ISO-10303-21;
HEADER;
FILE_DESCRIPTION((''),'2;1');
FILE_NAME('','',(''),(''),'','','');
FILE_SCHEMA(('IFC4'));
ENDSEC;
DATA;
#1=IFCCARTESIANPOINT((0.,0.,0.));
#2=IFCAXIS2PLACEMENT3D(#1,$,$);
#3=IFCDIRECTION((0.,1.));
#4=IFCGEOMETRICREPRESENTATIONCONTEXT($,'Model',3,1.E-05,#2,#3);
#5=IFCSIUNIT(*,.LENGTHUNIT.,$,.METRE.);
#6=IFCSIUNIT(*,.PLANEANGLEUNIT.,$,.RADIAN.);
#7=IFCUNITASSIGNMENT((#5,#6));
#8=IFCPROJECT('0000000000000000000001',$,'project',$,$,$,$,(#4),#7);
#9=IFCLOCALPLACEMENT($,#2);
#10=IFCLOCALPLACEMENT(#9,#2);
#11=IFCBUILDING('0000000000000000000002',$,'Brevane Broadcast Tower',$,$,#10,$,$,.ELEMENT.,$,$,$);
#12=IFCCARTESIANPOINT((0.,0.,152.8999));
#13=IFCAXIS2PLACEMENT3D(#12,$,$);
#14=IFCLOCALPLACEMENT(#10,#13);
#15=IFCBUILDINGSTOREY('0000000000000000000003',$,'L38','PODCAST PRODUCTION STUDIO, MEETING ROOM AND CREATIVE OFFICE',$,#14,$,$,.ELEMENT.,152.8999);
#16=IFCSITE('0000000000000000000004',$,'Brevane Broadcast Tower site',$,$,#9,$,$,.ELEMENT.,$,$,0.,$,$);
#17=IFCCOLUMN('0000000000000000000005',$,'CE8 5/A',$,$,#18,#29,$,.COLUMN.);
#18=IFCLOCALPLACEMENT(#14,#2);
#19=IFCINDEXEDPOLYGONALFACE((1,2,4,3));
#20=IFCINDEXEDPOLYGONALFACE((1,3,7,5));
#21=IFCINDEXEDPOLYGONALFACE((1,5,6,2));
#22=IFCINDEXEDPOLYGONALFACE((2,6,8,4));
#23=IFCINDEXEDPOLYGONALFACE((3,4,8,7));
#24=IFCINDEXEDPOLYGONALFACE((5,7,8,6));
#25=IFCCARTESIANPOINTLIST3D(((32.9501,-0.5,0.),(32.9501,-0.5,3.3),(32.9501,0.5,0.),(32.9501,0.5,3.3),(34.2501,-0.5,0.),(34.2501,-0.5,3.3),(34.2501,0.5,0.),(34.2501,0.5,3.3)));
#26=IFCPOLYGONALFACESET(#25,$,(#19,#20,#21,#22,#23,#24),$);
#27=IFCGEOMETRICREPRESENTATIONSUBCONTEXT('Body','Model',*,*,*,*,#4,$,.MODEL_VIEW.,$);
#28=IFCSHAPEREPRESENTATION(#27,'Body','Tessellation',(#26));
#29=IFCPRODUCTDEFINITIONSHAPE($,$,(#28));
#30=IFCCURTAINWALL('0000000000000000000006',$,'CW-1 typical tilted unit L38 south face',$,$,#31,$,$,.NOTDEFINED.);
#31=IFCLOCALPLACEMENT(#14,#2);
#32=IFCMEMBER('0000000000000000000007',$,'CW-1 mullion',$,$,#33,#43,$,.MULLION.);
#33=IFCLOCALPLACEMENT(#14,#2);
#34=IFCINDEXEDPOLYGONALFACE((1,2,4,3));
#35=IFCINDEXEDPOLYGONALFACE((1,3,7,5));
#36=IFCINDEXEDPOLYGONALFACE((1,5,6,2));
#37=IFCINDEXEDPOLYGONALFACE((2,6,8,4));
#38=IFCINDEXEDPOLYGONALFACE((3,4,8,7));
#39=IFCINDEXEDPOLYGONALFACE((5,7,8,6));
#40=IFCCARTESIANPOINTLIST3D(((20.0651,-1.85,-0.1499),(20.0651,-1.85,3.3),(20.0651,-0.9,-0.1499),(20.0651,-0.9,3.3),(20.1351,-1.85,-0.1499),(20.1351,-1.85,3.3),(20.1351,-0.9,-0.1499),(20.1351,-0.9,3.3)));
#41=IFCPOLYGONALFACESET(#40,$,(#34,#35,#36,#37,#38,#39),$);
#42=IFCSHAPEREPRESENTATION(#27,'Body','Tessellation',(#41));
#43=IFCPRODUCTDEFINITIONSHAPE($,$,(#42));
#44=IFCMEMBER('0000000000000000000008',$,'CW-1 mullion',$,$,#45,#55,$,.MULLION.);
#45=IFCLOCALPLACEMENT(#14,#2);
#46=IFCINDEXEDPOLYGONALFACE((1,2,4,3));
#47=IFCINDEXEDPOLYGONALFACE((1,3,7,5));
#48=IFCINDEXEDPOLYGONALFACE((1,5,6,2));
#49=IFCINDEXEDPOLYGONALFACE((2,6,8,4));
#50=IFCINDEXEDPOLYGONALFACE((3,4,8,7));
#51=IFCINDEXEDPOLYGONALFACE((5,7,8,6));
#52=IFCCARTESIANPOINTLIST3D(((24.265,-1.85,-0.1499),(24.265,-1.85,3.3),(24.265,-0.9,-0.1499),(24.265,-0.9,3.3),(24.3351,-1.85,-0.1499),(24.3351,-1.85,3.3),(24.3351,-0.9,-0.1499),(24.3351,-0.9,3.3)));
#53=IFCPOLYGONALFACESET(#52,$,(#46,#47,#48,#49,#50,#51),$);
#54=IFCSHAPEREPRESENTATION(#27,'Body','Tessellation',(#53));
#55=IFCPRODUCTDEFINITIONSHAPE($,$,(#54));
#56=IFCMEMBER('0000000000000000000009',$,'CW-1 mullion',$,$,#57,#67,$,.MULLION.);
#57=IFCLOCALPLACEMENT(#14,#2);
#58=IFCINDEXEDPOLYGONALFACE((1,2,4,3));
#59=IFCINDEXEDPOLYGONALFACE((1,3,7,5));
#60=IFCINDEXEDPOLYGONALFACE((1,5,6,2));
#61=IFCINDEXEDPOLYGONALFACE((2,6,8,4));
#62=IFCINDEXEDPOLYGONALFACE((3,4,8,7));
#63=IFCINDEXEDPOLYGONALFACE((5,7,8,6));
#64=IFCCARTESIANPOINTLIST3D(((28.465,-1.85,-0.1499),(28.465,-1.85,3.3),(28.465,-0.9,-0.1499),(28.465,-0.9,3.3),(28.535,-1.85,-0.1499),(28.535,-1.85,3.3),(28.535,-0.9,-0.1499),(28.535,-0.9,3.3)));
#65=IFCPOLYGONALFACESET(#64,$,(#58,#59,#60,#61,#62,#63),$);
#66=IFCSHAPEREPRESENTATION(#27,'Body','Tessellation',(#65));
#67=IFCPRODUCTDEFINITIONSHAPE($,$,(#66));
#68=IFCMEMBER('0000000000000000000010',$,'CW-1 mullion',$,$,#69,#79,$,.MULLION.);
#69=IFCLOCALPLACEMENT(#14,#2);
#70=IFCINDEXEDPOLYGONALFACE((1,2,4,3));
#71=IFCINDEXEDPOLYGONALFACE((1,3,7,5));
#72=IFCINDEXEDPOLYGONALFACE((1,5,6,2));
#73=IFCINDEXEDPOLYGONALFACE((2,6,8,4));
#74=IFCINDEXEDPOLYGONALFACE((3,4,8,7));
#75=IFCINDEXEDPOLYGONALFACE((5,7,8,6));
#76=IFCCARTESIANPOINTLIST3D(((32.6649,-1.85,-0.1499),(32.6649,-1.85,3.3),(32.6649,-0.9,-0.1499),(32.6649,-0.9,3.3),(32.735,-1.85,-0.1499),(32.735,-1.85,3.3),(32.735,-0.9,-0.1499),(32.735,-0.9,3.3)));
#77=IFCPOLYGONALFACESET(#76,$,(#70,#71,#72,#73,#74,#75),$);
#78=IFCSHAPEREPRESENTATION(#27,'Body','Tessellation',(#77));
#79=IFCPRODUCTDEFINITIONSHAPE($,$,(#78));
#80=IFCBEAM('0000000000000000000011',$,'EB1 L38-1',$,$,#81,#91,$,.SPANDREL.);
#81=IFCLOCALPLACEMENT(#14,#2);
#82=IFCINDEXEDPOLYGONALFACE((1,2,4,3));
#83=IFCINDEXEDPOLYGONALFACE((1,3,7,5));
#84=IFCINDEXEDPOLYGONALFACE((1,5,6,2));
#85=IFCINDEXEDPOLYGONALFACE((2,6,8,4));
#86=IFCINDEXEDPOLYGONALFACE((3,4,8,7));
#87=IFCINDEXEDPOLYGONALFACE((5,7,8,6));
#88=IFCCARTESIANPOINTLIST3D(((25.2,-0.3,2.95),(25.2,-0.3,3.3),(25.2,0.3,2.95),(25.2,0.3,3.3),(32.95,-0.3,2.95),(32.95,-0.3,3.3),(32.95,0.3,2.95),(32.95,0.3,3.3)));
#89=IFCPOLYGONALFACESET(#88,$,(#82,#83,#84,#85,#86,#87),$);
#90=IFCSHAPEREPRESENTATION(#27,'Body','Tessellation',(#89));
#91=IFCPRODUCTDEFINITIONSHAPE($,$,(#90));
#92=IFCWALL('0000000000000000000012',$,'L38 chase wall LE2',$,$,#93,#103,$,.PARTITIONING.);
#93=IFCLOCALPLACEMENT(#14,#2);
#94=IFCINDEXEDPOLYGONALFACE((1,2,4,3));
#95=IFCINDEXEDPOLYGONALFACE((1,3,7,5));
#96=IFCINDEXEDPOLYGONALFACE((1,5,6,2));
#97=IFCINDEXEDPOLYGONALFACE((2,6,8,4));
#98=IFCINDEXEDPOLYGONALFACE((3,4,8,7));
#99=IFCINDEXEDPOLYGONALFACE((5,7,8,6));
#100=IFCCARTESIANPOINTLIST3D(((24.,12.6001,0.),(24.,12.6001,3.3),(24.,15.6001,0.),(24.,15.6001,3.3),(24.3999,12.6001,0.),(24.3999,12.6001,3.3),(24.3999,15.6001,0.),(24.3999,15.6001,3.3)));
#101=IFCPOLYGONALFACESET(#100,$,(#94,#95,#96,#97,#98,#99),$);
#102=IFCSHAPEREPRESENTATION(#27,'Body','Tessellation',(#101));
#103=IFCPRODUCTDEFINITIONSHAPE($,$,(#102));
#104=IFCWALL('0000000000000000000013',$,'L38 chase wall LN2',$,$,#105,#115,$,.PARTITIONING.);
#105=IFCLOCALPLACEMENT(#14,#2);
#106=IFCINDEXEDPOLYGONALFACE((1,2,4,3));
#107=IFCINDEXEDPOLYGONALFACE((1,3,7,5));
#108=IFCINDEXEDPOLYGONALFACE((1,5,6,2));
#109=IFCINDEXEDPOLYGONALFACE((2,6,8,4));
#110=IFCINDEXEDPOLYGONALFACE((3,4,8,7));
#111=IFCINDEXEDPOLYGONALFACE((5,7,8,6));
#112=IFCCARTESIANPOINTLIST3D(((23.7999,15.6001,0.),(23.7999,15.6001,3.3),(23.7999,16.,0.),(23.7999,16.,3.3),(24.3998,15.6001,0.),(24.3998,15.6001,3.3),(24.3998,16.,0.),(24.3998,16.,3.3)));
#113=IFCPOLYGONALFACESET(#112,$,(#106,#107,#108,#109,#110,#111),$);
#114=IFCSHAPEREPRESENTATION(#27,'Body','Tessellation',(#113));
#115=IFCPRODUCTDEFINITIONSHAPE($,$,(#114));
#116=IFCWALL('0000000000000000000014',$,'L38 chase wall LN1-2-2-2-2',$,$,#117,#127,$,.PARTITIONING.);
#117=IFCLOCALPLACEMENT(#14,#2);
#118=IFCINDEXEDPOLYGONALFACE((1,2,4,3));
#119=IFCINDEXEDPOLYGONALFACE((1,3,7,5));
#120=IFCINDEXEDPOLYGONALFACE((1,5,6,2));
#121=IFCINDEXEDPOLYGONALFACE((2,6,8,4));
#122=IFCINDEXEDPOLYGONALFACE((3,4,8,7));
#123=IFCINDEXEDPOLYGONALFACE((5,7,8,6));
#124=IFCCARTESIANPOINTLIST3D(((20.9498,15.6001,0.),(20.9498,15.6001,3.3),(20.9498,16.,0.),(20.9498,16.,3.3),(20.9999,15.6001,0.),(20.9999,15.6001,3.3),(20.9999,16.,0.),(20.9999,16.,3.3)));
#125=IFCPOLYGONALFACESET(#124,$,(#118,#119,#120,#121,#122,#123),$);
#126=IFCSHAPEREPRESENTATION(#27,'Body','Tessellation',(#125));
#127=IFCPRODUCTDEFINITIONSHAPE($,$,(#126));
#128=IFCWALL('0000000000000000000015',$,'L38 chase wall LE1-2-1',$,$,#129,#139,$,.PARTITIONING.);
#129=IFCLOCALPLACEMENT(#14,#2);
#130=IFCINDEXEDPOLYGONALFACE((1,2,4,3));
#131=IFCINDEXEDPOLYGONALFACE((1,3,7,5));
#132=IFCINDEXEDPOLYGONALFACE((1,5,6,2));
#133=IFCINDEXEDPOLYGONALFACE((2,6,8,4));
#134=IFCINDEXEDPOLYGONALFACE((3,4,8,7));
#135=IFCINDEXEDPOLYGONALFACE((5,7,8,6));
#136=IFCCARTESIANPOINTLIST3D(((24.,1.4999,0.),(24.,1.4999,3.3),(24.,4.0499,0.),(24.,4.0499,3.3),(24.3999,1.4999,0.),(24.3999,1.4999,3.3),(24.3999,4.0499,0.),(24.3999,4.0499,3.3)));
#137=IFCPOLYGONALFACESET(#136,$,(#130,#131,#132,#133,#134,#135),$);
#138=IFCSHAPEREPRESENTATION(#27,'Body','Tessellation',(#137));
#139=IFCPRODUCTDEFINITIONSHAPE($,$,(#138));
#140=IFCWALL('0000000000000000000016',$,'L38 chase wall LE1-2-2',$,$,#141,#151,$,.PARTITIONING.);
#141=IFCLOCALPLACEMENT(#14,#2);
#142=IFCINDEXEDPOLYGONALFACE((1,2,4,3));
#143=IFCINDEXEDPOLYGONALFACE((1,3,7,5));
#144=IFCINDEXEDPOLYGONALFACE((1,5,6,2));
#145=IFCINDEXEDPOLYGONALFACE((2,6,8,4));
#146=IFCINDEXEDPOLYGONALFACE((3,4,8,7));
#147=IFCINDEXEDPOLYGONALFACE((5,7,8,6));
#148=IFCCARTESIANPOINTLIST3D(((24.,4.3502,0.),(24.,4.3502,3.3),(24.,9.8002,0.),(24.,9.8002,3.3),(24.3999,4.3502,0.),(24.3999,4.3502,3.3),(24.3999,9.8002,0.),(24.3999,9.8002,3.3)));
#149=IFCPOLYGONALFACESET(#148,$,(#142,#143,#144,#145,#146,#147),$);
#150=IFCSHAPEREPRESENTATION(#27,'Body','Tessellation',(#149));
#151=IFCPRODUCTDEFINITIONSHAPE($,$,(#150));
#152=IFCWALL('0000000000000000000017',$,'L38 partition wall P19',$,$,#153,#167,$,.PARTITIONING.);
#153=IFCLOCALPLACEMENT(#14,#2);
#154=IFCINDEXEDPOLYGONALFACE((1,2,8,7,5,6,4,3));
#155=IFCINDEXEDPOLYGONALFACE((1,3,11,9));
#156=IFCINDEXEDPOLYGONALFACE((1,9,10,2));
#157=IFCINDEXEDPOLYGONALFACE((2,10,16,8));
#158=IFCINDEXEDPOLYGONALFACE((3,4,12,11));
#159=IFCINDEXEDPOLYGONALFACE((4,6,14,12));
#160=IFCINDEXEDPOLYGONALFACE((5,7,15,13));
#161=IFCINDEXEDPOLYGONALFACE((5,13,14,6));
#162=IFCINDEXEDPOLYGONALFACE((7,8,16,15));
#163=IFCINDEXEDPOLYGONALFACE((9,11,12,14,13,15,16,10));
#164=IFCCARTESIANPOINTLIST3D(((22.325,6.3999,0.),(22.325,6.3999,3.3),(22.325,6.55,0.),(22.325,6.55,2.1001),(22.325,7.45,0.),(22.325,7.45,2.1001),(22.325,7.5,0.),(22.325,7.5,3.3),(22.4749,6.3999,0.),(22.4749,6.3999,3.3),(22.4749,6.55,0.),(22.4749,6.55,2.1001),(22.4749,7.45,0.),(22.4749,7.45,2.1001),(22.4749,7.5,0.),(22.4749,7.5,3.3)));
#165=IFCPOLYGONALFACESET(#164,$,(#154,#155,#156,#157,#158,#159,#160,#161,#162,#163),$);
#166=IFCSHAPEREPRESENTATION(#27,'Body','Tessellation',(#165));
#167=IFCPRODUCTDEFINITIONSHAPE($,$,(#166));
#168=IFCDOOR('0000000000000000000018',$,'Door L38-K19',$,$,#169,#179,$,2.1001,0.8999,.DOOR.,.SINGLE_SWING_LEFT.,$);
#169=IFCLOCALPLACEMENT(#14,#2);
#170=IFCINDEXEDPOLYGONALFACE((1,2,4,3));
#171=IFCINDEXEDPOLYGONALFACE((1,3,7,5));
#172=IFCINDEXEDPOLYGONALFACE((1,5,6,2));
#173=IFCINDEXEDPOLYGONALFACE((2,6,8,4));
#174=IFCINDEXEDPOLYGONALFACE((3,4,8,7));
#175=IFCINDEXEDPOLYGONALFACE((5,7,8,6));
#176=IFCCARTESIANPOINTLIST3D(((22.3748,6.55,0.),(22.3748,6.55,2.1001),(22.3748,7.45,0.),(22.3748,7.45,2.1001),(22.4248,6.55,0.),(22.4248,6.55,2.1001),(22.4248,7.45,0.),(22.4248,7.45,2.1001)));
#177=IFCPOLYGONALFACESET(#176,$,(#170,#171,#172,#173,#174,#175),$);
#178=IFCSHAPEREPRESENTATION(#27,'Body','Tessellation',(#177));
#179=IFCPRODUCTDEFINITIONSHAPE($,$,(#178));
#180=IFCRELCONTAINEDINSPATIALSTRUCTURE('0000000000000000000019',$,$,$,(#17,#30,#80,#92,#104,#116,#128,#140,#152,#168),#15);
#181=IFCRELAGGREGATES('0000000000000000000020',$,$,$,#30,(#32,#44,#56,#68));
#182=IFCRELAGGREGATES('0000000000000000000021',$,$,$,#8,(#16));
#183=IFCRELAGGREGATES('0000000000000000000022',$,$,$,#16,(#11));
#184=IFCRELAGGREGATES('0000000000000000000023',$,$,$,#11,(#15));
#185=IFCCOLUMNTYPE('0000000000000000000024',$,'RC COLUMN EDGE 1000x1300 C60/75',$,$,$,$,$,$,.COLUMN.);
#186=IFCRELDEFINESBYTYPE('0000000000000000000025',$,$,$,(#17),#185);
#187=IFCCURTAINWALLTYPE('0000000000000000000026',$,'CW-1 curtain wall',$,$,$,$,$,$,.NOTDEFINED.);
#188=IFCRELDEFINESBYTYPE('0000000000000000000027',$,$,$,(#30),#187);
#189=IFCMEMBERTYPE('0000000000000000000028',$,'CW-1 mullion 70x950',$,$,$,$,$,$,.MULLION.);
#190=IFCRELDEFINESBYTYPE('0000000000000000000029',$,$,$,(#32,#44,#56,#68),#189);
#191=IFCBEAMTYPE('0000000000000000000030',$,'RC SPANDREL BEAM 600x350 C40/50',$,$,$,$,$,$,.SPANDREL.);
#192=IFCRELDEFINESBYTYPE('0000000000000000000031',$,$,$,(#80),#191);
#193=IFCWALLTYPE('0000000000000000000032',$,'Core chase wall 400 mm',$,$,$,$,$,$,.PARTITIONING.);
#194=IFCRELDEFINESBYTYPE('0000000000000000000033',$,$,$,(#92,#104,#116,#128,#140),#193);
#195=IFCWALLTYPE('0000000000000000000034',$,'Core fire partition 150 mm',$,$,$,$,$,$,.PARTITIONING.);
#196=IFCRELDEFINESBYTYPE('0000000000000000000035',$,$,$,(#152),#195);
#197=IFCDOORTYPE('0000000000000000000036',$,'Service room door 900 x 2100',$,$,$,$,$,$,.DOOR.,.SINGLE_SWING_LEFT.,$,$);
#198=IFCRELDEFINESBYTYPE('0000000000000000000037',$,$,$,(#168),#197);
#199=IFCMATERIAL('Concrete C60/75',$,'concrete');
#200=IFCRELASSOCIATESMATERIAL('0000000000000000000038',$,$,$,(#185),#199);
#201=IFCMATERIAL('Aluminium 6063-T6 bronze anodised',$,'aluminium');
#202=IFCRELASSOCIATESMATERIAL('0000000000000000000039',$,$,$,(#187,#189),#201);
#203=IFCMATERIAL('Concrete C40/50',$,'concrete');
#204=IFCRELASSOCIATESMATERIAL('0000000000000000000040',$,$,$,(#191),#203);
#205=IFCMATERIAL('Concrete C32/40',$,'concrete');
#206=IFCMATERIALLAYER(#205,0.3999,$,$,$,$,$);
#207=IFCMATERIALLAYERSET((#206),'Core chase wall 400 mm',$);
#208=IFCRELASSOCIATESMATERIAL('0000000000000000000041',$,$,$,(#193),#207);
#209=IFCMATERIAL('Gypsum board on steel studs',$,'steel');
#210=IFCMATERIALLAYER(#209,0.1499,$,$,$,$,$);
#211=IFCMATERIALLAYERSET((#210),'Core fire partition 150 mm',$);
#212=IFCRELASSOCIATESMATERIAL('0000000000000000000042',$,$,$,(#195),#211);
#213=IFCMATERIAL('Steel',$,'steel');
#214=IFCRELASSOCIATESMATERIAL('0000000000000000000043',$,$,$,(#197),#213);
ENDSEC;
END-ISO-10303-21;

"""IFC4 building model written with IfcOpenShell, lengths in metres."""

from ifc_helpers import new_model, si_unit, direction, frame, frame_2d, origin, origin_2d, place, context, subcontext, project, spatial, rectangle, extrude, material, layer, layer_set, material_profile, profile_set, type_object, element, fill, aggregate, save


model = new_model("IFC4")

# Units and contexts
model_context = context("Model", 3, precision=1e-05, world=origin(), true_north=direction((0.0, 1.0)))
body_context = subcontext(model_context, "Body", "Model", "MODEL_VIEW")
ifc_project = project(units=[si_unit("LENGTHUNIT", "METRE"), si_unit("PLANEANGLEUNIT", "RADIAN")], contexts=[model_context])

# Site, building, storey
site_placement = place(None, origin())
site = spatial("IfcSite", under=ifc_project, at=site_placement, Name="Brevane Broadcast Tower site", CompositionType="ELEMENT", RefElevation=0.0)
building_placement = place(site_placement, origin())
building = spatial("IfcBuilding", under=site, at=building_placement, Name="Brevane Broadcast Tower", CompositionType="ELEMENT")
storey_placement = place(building_placement, frame((0.0, 0.0, 152.8999)))
storey = spatial("IfcBuildingStorey", under=building, at=storey_placement, Name="L38", Description="PODCAST PRODUCTION STUDIO, MEETING ROOM AND CREATIVE OFFICE", CompositionType="ELEMENT", Elevation=152.8999)

# Column
ifc_material_1 = material(Name="Concrete C60/75", Category="concrete")
ifc_material_profile_1 = material_profile(ifc_material_1, rectangle(XDim=1.0, YDim=1.3, at=origin_2d()), Name="RC 1000x1300")
ifc_profile_set_1 = profile_set([ifc_material_profile_1], Name="Concrete C60/75")
column_type = type_object("IfcColumnType", Name="RC COLUMN EDGE 1000x1300 C60/75", PredefinedType="COLUMN", material=ifc_profile_set_1)
column_placement = place(storey_placement, frame((33.6001, 0.0, 0.0), z_axis=(0.0, 0.0, 1.0), x_axis=(0.0, 1.0, 0.0)))
element("IfcColumn", 1, at=column_placement, inside=storey, type_object=column_type, Name="CE8 5/A", PredefinedType="COLUMN", context=body_context, shape_type="SweptSolid", body=[
    extrude(rectangle(XDim=1.0, YDim=1.3, at=origin_2d()), origin(), (0.0, 0.0, 1.0), 3.3),
])

# Curtain wall, members
ifc_material_2 = material(Name="Aluminium 6063-T6 bronze anodised", Category="aluminium")
curtain_wall_type = type_object("IfcCurtainWallType", Name="CW-1 curtain wall", PredefinedType="NOTDEFINED", material=ifc_material_2)
curtain_wall_placement = place(storey_placement, origin())
curtain_wall = element("IfcCurtainWall", 2, at=curtain_wall_placement, inside=storey, type_object=curtain_wall_type, Name="CW-1 typical tilted unit L38 south face", PredefinedType="NOTDEFINED")
ifc_material_profile_2 = material_profile(ifc_material_2, rectangle(XDim=0.95, YDim=0.0701, at=origin_2d()), Name="RECT 70x950")
ifc_profile_set_2 = profile_set([ifc_material_profile_2], Name="Aluminium 6063-T6 bronze anodised")
member_type = type_object("IfcMemberType", Name="CW-1 mullion 70x950", PredefinedType="MULLION", material=ifc_profile_set_2)
member_1_placement = place(storey_placement, frame((20.1001, -1.375, -0.1499), z_axis=(0.0, 0.0, 1.0), x_axis=(0.0, 1.0, 0.0)))
member_1 = element("IfcMember", 3, at=member_1_placement, type_object=member_type, Name="CW-1 mullion", PredefinedType="MULLION", context=body_context, shape_type="SweptSolid", body=[
    extrude(rectangle(XDim=0.95, YDim=0.0701, at=origin_2d()), origin(), (0.0, 0.0, 1.0), 3.45),
])
member_2_placement = place(storey_placement, frame((24.3, -1.375, -0.1499), z_axis=(0.0, 0.0, 1.0), x_axis=(0.0, 1.0, 0.0)))
member_2 = element("IfcMember", 4, at=member_2_placement, type_object=member_type, Name="CW-1 mullion", PredefinedType="MULLION", context=body_context, shape_type="SweptSolid", body=[
    extrude(rectangle(XDim=0.95, YDim=0.0701, at=origin_2d()), origin(), (0.0, 0.0, 1.0), 3.45),
])
member_3_placement = place(storey_placement, frame((28.5, -1.375, -0.1499), z_axis=(0.0, 0.0, 1.0), x_axis=(0.0, 1.0, 0.0)))
member_3 = element("IfcMember", 5, at=member_3_placement, type_object=member_type, Name="CW-1 mullion", PredefinedType="MULLION", context=body_context, shape_type="SweptSolid", body=[
    extrude(rectangle(XDim=0.95, YDim=0.0701, at=origin_2d()), origin(), (0.0, 0.0, 1.0), 3.45),
])
member_4_placement = place(storey_placement, frame((32.7, -1.375, -0.1499), z_axis=(0.0, 0.0, 1.0), x_axis=(0.0, 1.0, 0.0)))
member_4 = element("IfcMember", 6, at=member_4_placement, type_object=member_type, Name="CW-1 mullion", PredefinedType="MULLION", context=body_context, shape_type="SweptSolid", body=[
    extrude(rectangle(XDim=0.95, YDim=0.0701, at=origin_2d()), origin(), (0.0, 0.0, 1.0), 3.45),
])
aggregate(curtain_wall, [member_1, member_2, member_3, member_4])

# Beam
ifc_material_3 = material(Name="Concrete C40/50", Category="concrete")
ifc_material_profile_3 = material_profile(ifc_material_3, rectangle(XDim=0.6001, YDim=0.3501, at=origin_2d()), Name="RC 600x350")
ifc_profile_set_3 = profile_set([ifc_material_profile_3], Name="Concrete C40/50")
beam_type = type_object("IfcBeamType", Name="RC SPANDREL BEAM 600x350 C40/50", PredefinedType="SPANDREL", material=ifc_profile_set_3)
beam_placement = place(storey_placement, frame((25.2, 0.0, 3.125), z_axis=(1.0, 0.0, 0.0), x_axis=(0.0, 1.0, 0.0)))
element("IfcBeam", 7, at=beam_placement, inside=storey, type_object=beam_type, Name="EB1 L38-1", PredefinedType="SPANDREL", context=body_context, shape_type="SweptSolid", body=[
    extrude(rectangle(XDim=0.6001, YDim=0.3501, at=origin_2d()), origin(), (0.0, 0.0, 1.0), 7.75),
])

# Walls
ifc_material_4 = material(Name="Concrete C32/40", Category="concrete")
ifc_layer_1 = layer(ifc_material_4, 0.3999)
ifc_layer_set_1 = layer_set([ifc_layer_1], Name="Core chase wall 400 mm")
wall_type_1 = type_object("IfcWallType", Name="Core chase wall 400 mm", PredefinedType="PARTITIONING", material=ifc_layer_set_1)
wall_1_placement = place(storey_placement, frame((24.2, 12.6001, 0.0), z_axis=(0.0, 0.0, 1.0), x_axis=(0.0, 1.0, 0.0)))
element("IfcWall", 8, at=wall_1_placement, inside=storey, type_object=wall_type_1, Name="L38 chase wall LE2", PredefinedType="PARTITIONING", context=body_context, shape_type="SweptSolid", body=[
    extrude(rectangle(XDim=3.0, YDim=0.3999, at=frame_2d((1.5, 0.0))), origin(), (0.0, 0.0, 1.0), 3.3),
])
wall_2_placement = place(storey_placement, frame((23.8, 15.8, 0.0), z_axis=(0.0, 0.0, 1.0), x_axis=(1.0, 0.0, 0.0)))
element("IfcWall", 9, at=wall_2_placement, inside=storey, type_object=wall_type_1, Name="L38 chase wall LN2", PredefinedType="PARTITIONING", context=body_context, shape_type="SweptSolid", body=[
    extrude(rectangle(XDim=0.5999, YDim=0.3999, at=frame_2d((0.2998, 0.0))), origin(), (0.0, 0.0, 1.0), 3.3),
])
wall_3_placement = place(storey_placement, frame((20.95, 15.8, 0.0), z_axis=(0.0, 0.0, 1.0), x_axis=(1.0, 0.0, 0.0)))
element("IfcWall", 10, at=wall_3_placement, inside=storey, type_object=wall_type_1, Name="L38 chase wall LN1-2-2-2-2", PredefinedType="PARTITIONING", context=body_context, shape_type="SweptSolid", body=[
    extrude(rectangle(XDim=0.05, YDim=0.3999, at=frame_2d((0.0249, 0.0))), origin(), (0.0, 0.0, 1.0), 3.3),
])
wall_4_placement = place(storey_placement, frame((24.2, 1.5, 0.0), z_axis=(0.0, 0.0, 1.0), x_axis=(0.0, 1.0, 0.0)))
element("IfcWall", 11, at=wall_4_placement, inside=storey, type_object=wall_type_1, Name="L38 chase wall LE1-2-1", PredefinedType="PARTITIONING", context=body_context, shape_type="SweptSolid", body=[
    extrude(rectangle(XDim=2.55, YDim=0.3999, at=frame_2d((1.2749, 0.0))), origin(), (0.0, 0.0, 1.0), 3.3),
])
wall_5_placement = place(storey_placement, frame((24.2, 4.3501, 0.0), z_axis=(0.0, 0.0, 1.0), x_axis=(0.0, 1.0, 0.0)))
element("IfcWall", 12, at=wall_5_placement, inside=storey, type_object=wall_type_1, Name="L38 chase wall LE1-2-2", PredefinedType="PARTITIONING", context=body_context, shape_type="SweptSolid", body=[
    extrude(rectangle(XDim=5.45, YDim=0.3999, at=frame_2d((2.7251, 0.0))), origin(), (0.0, 0.0, 1.0), 3.3),
])

# Wall, opening, door
ifc_material_5 = material(Name="Gypsum board on steel studs", Category="steel")
ifc_layer_2 = layer(ifc_material_5, 0.1499)
ifc_layer_set_2 = layer_set([ifc_layer_2], Name="Core fire partition 150 mm")
wall_type_2 = type_object("IfcWallType", Name="Core fire partition 150 mm", PredefinedType="PARTITIONING", material=ifc_layer_set_2)
wall_6_placement = place(storey_placement, frame((22.3999, 7.5, 0.0), z_axis=(0.0, 0.0, 1.0), x_axis=(0.0, -1.0, 0.0)))
wall_6 = element("IfcWall", 13, at=wall_6_placement, inside=storey, type_object=wall_type_2, Name="L38 partition wall P19", PredefinedType="PARTITIONING", context=body_context, shape_type="SweptSolid", body=[
    extrude(rectangle(XDim=1.1001, YDim=0.1499, at=frame_2d((0.55, 0.0))), origin(), (0.0, 0.0, 1.0), 3.3),
])
opening_1_placement = place(wall_6_placement, frame((0.05, 0.0, 0.0)))
opening_1 = element("IfcOpeningElement", 14, at=opening_1_placement, cuts=wall_6, PredefinedType="OPENING", context=body_context, shape_type="SweptSolid", body=[
    extrude(rectangle(XDim=0.8999, YDim=2.1001, at=frame_2d((0.45, 1.05))), frame((0.0, 0.085, 0.0), z_axis=(0.0, -1.0, 0.0), x_axis=(1.0, 0.0, 0.0)), (0.0, 0.0, 1.0), 0.1699),
])
ifc_material_6 = material(Name="Steel", Category="steel")
door_type_1 = type_object("IfcDoorType", Name="Service room door 900 x 2100", OperationType="SINGLE_SWING_LEFT", PredefinedType="DOOR", material=ifc_material_6)
door_1_placement = place(opening_1_placement, origin())
door_1 = element("IfcDoor", 15, at=door_1_placement, inside=storey, type_object=door_type_1, Name="Door L38-K19", OperationType="SINGLE_SWING_LEFT", OverallHeight=2.1001, OverallWidth=0.8999, PredefinedType="DOOR", context=body_context, shape_type="SweptSolid", body=[
    extrude(rectangle(XDim=0.8999, YDim=2.1001, at=frame_2d((0.45, 1.05))), frame((0.0, 0.0249, 0.0), z_axis=(0.0, -1.0, 0.0), x_axis=(1.0, 0.0, 0.0)), (0.0, 0.0, 1.0), 0.05),
])
fill(opening_1, door_1)

save(model, "model.ifc")
